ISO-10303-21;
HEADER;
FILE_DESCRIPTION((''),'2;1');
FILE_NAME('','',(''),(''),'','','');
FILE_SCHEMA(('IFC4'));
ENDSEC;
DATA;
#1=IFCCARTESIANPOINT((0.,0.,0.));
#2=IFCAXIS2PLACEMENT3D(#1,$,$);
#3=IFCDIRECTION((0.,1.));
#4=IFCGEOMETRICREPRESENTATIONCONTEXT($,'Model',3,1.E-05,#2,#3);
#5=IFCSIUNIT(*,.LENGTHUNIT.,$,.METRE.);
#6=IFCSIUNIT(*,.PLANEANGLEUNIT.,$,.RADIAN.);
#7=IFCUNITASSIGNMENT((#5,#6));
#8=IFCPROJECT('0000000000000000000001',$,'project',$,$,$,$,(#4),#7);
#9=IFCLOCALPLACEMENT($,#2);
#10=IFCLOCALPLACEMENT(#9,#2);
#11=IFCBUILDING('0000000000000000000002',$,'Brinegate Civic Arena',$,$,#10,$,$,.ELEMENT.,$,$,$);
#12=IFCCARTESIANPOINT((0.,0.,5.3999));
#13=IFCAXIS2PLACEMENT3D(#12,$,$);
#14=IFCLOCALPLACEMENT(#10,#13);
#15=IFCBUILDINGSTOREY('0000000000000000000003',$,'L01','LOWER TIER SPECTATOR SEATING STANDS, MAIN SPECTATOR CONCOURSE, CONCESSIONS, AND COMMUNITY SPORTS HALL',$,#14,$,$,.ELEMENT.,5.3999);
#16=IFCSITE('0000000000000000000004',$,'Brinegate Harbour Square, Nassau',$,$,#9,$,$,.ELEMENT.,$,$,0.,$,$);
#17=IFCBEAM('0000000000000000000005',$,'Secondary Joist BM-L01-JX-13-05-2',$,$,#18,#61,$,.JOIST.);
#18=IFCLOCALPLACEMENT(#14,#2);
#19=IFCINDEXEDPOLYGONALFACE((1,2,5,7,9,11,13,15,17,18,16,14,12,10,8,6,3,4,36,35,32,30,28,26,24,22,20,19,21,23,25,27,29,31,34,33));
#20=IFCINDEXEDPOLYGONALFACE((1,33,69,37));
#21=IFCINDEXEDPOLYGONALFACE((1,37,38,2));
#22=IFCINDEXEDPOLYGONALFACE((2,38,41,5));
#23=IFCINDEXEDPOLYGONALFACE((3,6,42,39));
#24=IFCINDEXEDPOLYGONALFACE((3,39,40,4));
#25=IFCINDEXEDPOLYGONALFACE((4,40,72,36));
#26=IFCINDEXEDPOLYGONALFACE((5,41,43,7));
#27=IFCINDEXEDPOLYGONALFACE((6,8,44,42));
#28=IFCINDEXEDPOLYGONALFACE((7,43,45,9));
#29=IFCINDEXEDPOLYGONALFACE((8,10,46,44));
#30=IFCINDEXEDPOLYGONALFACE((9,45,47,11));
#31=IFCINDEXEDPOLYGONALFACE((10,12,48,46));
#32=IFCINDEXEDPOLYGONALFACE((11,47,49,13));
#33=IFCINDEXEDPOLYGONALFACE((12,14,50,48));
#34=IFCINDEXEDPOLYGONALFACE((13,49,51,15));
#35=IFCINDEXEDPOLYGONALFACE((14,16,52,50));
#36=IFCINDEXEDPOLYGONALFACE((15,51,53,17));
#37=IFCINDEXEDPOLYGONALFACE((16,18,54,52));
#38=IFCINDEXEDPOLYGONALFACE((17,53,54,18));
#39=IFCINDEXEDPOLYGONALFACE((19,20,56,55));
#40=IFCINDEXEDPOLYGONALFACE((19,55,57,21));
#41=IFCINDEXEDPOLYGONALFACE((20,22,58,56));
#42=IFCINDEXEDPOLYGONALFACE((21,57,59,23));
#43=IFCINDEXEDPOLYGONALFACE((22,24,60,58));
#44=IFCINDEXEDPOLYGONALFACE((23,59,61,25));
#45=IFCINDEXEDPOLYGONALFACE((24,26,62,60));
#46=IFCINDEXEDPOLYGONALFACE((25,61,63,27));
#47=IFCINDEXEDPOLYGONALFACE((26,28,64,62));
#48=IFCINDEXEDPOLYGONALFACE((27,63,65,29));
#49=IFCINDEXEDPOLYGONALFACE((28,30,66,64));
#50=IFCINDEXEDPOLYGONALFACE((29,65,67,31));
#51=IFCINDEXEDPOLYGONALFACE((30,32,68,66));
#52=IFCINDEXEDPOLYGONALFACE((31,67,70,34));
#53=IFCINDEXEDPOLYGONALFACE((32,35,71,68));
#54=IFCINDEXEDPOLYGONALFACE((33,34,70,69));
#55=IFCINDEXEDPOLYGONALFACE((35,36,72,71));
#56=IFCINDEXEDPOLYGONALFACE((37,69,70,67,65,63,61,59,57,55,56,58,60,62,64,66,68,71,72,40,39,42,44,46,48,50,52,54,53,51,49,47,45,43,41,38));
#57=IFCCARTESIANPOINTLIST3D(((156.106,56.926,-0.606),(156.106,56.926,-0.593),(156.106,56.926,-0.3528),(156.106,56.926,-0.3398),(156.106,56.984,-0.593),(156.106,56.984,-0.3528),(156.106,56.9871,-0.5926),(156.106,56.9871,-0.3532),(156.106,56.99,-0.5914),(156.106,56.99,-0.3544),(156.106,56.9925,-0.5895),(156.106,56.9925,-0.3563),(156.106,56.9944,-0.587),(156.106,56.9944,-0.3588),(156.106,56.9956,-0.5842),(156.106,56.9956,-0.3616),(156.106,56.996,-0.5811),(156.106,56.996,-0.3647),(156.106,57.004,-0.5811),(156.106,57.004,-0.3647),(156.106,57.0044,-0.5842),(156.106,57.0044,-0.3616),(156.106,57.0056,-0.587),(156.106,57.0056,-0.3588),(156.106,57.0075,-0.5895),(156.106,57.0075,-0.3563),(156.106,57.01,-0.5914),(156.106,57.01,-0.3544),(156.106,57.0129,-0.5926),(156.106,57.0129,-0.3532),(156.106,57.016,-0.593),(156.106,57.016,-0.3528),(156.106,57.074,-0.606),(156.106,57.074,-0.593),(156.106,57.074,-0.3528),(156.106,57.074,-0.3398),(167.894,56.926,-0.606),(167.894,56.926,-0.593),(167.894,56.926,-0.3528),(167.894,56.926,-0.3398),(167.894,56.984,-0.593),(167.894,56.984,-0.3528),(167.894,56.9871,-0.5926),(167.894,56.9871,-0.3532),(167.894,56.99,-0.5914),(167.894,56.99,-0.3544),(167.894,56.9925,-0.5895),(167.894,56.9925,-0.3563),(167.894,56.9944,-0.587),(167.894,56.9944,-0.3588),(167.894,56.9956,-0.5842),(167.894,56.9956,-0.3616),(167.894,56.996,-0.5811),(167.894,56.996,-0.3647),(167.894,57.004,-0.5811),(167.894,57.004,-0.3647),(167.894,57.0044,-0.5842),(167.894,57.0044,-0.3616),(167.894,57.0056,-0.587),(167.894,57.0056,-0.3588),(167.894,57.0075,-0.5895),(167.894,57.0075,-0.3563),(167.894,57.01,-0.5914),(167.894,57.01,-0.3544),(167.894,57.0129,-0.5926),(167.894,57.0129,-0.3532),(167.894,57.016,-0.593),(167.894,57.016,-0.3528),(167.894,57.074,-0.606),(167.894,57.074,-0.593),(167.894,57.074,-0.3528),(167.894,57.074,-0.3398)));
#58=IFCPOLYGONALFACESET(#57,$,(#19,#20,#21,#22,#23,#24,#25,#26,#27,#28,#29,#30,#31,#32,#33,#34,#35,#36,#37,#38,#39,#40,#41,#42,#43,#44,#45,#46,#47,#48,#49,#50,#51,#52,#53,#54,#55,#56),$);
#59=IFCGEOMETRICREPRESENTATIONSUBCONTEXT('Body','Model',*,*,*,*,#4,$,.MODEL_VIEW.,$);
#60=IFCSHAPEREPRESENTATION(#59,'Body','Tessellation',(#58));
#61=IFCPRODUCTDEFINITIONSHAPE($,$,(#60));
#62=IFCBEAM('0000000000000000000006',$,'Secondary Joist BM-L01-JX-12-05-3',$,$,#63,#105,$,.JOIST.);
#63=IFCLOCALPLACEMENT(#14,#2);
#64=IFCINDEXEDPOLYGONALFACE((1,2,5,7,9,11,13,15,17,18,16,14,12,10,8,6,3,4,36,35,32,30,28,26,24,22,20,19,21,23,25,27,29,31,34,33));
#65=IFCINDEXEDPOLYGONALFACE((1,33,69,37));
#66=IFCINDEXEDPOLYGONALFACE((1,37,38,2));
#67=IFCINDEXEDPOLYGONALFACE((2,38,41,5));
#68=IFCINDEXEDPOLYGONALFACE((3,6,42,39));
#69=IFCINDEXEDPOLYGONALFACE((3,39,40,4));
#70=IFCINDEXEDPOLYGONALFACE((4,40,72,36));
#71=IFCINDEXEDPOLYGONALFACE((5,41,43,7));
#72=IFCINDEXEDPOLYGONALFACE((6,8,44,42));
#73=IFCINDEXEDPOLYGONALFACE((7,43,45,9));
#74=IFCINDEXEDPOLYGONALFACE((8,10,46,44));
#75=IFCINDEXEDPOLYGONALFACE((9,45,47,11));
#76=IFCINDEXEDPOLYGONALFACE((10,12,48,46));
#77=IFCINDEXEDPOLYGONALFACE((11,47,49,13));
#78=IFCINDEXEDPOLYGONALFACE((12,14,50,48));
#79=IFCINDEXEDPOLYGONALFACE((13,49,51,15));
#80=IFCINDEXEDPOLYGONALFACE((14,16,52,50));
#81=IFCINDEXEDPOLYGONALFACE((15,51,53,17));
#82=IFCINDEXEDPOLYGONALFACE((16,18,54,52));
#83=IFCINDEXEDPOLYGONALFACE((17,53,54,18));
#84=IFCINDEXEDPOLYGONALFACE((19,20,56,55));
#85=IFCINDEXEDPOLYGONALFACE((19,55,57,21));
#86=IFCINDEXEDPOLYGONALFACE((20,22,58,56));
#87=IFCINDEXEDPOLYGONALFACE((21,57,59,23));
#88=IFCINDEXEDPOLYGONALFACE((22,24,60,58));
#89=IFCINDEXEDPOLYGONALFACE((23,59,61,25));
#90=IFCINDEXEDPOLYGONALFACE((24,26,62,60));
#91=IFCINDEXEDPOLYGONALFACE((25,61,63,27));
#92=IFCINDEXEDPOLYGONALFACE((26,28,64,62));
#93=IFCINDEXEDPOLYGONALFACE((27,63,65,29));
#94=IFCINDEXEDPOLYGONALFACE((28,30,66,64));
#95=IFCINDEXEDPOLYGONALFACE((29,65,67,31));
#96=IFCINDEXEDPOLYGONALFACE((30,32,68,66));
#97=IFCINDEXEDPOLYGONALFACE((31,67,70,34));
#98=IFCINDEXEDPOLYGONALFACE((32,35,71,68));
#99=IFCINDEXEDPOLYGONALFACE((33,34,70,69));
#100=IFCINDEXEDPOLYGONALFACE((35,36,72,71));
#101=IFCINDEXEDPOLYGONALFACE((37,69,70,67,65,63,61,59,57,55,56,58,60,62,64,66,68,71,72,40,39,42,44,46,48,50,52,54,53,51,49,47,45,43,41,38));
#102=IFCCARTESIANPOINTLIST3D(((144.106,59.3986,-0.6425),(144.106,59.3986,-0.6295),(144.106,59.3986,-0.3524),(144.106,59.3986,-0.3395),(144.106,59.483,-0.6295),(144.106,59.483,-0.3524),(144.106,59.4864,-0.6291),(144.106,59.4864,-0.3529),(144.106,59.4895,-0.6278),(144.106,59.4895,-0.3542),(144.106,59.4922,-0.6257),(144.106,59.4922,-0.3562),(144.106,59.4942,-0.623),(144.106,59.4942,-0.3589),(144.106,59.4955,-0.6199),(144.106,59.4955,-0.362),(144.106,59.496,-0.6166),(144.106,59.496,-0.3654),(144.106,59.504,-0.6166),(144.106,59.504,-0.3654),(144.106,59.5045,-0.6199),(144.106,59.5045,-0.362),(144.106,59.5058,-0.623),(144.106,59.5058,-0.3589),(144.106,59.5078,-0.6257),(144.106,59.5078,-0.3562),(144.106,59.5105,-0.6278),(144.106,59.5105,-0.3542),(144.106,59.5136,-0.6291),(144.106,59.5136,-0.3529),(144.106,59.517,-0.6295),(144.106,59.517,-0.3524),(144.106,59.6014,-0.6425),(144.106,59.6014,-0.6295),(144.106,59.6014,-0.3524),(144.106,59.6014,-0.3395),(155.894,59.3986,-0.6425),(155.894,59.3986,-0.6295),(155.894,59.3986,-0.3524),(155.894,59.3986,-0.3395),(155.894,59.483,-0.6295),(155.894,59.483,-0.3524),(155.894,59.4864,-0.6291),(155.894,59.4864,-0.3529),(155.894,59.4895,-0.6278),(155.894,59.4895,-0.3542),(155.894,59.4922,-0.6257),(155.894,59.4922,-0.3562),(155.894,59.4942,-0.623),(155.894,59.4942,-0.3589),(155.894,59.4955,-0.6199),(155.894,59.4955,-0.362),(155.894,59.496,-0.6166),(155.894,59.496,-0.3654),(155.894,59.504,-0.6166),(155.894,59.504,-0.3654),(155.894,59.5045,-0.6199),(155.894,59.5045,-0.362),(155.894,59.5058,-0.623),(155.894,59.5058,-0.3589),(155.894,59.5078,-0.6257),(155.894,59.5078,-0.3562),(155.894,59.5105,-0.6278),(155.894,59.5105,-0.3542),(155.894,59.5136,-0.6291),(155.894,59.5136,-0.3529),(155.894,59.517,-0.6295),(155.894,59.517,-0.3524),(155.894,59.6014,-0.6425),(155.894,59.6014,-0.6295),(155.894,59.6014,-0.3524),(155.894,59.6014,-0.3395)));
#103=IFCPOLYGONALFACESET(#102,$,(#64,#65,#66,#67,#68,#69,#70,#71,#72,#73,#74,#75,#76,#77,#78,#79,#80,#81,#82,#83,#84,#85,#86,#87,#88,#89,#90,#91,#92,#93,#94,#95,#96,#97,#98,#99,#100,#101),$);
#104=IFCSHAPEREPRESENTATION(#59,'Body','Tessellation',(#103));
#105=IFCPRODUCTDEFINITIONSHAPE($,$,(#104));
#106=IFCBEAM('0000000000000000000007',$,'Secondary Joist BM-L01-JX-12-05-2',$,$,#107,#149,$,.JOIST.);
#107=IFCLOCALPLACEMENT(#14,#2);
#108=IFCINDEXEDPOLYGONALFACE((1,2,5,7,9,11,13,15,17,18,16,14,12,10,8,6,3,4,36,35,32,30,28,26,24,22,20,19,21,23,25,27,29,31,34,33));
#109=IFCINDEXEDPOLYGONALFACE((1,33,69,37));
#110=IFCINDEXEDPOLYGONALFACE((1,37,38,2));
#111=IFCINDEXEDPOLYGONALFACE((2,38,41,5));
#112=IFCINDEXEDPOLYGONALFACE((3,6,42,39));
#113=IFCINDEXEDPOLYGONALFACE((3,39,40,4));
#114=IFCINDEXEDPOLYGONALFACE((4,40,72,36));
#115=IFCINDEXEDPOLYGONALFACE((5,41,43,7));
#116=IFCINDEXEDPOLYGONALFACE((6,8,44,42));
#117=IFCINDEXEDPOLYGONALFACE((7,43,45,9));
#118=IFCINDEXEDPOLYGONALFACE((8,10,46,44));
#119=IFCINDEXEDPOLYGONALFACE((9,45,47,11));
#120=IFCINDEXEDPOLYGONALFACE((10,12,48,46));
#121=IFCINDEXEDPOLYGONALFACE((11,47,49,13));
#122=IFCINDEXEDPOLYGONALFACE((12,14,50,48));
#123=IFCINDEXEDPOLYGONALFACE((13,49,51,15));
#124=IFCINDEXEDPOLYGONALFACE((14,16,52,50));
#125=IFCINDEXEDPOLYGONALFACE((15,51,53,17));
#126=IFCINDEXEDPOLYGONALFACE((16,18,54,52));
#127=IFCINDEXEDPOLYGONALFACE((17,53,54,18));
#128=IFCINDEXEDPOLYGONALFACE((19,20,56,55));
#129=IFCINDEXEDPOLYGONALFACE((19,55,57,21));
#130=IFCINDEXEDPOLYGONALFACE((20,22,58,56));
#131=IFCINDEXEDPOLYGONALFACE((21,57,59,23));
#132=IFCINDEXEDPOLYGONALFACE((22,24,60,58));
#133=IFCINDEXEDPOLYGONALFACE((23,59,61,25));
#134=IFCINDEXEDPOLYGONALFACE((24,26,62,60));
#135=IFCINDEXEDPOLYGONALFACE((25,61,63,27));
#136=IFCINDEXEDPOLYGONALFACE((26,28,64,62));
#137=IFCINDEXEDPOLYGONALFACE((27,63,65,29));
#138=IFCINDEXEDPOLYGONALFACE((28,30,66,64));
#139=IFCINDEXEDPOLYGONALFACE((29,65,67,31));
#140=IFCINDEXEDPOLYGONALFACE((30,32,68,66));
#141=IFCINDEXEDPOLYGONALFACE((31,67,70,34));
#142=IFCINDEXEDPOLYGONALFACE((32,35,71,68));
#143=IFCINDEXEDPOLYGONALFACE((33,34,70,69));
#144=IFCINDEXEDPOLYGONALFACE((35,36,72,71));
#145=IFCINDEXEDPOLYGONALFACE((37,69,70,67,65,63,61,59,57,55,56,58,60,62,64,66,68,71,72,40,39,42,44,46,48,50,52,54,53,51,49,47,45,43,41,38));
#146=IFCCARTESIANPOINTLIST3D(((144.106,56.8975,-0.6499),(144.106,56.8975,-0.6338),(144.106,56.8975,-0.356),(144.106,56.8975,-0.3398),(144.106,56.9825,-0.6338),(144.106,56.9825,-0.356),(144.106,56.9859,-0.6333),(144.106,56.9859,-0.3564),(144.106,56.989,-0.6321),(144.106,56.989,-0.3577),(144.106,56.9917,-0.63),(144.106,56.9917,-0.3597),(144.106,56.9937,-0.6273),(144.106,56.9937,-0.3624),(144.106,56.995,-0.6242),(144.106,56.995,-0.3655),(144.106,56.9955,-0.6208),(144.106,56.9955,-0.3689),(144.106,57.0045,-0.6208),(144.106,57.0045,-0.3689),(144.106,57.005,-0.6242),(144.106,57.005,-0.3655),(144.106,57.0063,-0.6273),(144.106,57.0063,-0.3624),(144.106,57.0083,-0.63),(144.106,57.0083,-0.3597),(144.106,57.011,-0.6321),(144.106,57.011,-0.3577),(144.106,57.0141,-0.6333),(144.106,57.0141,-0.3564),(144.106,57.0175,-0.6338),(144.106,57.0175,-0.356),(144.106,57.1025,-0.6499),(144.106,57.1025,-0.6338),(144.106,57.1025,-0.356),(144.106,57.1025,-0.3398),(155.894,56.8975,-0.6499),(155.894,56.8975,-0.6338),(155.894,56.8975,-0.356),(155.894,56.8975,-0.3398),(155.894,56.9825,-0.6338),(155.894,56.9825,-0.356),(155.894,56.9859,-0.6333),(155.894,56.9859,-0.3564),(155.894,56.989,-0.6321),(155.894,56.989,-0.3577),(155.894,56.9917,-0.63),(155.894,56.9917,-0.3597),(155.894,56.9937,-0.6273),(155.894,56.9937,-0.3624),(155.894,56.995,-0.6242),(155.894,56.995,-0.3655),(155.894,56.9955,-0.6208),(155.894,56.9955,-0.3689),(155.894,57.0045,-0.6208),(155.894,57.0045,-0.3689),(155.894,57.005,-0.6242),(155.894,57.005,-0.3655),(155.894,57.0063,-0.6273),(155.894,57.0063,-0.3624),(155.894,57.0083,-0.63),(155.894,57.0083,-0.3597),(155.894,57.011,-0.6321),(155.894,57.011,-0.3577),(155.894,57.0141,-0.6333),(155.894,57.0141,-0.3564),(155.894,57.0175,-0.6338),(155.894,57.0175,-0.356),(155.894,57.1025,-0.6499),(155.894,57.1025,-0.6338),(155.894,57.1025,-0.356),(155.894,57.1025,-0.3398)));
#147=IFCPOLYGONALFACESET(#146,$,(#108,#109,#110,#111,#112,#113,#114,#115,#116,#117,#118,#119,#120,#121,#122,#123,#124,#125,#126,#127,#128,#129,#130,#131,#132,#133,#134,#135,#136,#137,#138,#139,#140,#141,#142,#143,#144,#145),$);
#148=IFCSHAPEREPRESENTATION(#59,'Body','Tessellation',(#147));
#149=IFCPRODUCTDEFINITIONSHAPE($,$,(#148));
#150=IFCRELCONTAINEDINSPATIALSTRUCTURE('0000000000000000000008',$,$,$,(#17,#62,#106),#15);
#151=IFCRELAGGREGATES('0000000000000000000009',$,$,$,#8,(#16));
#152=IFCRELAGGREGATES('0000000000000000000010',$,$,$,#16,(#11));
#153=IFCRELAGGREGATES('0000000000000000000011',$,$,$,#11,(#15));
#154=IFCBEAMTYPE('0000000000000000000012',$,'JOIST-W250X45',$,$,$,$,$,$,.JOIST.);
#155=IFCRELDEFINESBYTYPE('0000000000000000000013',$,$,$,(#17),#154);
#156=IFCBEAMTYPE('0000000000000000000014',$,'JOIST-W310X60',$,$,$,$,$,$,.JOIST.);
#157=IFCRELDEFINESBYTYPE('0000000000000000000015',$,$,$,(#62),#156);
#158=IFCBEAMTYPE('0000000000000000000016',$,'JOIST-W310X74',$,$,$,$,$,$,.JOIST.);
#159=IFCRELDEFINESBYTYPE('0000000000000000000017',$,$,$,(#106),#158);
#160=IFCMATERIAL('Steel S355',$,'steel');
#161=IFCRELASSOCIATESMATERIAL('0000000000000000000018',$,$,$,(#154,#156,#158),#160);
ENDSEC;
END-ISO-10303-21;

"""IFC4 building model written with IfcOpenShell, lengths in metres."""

from ifc_helpers import new_model, si_unit, direction, frame, origin, origin_2d, place, context, subcontext, project, spatial, i_section, extrude, material, material_profile, profile_set, type_object, element, save


model = new_model("IFC4")

# Units and contexts
model_context = context("Model", 3, precision=1e-05, world=origin(), true_north=direction((0.0, 1.0)))
body_context = subcontext(model_context, "Body", "Model", "MODEL_VIEW")
ifc_project = project(units=[si_unit("LENGTHUNIT", "METRE"), si_unit("PLANEANGLEUNIT", "RADIAN")], contexts=[model_context])

# Site, building, storey
site_placement = place(None, origin())
site = spatial("IfcSite", under=ifc_project, at=site_placement, Name="Brinegate Harbour Square, Nassau", CompositionType="ELEMENT", RefElevation=0.0)
building_placement = place(site_placement, origin())
building = spatial("IfcBuilding", under=site, at=building_placement, Name="Brinegate Civic Arena", CompositionType="ELEMENT")
storey_placement = place(building_placement, frame((0.0, 0.0, 5.3999)))
storey = spatial("IfcBuildingStorey", under=building, at=storey_placement, Name="L01", Description="LOWER TIER SPECTATOR SEATING STANDS, MAIN SPECTATOR CONCOURSE, CONCESSIONS, AND COMMUNITY SPORTS HALL", CompositionType="ELEMENT", Elevation=5.3999)

# Beams
ifc_material_1 = material(Name="Steel S355", Category="steel")
ifc_material_profile_1 = material_profile(ifc_material_1, i_section(OverallWidth=0.1479, OverallDepth=0.2661, WebThickness=0.0081, FlangeThickness=0.0129, FilletRadius=0.012, at=origin_2d()), Name="W250X45")
ifc_profile_set_1 = profile_set([ifc_material_profile_1], Name="Steel S355")
beam_type_1 = type_object("IfcBeamType", Name="JOIST-W250X45", PredefinedType="JOIST", material=ifc_profile_set_1)
beam_1_placement = place(storey_placement, frame((156.106, 57.0, -0.4729), z_axis=(1.0, 0.0, 0.0), x_axis=(0.0, 1.0, 0.0)))
element("IfcBeam", 1, at=beam_1_placement, inside=storey, type_object=beam_type_1, Name="Secondary Joist BM-L01-JX-13-05-2", PredefinedType="JOIST", context=body_context, shape_type="SweptSolid", body=[
    extrude(i_section(OverallWidth=0.1479, OverallDepth=0.2661, WebThickness=0.0081, FlangeThickness=0.0129, FilletRadius=0.012, at=origin_2d()), origin(), (0.0, 0.0, 1.0), 11.7881),
])
ifc_material_profile_2 = material_profile(ifc_material_1, i_section(OverallWidth=0.2029, OverallDepth=0.303, WebThickness=0.0081, FlangeThickness=0.0129, FilletRadius=0.0129, at=origin_2d()), Name="W310X60")
ifc_profile_set_2 = profile_set([ifc_material_profile_2], Name="Steel S355")
beam_type_2 = type_object("IfcBeamType", Name="JOIST-W310X60", PredefinedType="JOIST", material=ifc_profile_set_2)
beam_2_placement = place(storey_placement, frame((144.106, 59.5, -0.491), z_axis=(1.0, 0.0, 0.0), x_axis=(0.0, 1.0, 0.0)))
element("IfcBeam", 2, at=beam_2_placement, inside=storey, type_object=beam_type_2, Name="Secondary Joist BM-L01-JX-12-05-3", PredefinedType="JOIST", context=body_context, shape_type="SweptSolid", body=[
    extrude(i_section(OverallWidth=0.2029, OverallDepth=0.303, WebThickness=0.0081, FlangeThickness=0.0129, FilletRadius=0.0129, at=origin_2d()), origin(), (0.0, 0.0, 1.0), 11.7881),
])
ifc_material_profile_3 = material_profile(ifc_material_1, i_section(OverallWidth=0.2051, OverallDepth=0.3101, WebThickness=0.009, FlangeThickness=0.0161, FilletRadius=0.0129, at=origin_2d()), Name="W310X74")
ifc_profile_set_3 = profile_set([ifc_material_profile_3], Name="Steel S355")
beam_type_3 = type_object("IfcBeamType", Name="JOIST-W310X74", PredefinedType="JOIST", material=ifc_profile_set_3)
beam_3_placement = place(storey_placement, frame((144.106, 57.0, -0.4949), z_axis=(1.0, 0.0, 0.0), x_axis=(0.0, 1.0, 0.0)))
element("IfcBeam", 3, at=beam_3_placement, inside=storey, type_object=beam_type_3, Name="Secondary Joist BM-L01-JX-12-05-2", PredefinedType="JOIST", context=body_context, shape_type="SweptSolid", body=[
    extrude(i_section(OverallWidth=0.2051, OverallDepth=0.3101, WebThickness=0.009, FlangeThickness=0.0161, FilletRadius=0.0129, at=origin_2d()), origin(), (0.0, 0.0, 1.0), 11.7881),
])

save(model, "model.ifc")
